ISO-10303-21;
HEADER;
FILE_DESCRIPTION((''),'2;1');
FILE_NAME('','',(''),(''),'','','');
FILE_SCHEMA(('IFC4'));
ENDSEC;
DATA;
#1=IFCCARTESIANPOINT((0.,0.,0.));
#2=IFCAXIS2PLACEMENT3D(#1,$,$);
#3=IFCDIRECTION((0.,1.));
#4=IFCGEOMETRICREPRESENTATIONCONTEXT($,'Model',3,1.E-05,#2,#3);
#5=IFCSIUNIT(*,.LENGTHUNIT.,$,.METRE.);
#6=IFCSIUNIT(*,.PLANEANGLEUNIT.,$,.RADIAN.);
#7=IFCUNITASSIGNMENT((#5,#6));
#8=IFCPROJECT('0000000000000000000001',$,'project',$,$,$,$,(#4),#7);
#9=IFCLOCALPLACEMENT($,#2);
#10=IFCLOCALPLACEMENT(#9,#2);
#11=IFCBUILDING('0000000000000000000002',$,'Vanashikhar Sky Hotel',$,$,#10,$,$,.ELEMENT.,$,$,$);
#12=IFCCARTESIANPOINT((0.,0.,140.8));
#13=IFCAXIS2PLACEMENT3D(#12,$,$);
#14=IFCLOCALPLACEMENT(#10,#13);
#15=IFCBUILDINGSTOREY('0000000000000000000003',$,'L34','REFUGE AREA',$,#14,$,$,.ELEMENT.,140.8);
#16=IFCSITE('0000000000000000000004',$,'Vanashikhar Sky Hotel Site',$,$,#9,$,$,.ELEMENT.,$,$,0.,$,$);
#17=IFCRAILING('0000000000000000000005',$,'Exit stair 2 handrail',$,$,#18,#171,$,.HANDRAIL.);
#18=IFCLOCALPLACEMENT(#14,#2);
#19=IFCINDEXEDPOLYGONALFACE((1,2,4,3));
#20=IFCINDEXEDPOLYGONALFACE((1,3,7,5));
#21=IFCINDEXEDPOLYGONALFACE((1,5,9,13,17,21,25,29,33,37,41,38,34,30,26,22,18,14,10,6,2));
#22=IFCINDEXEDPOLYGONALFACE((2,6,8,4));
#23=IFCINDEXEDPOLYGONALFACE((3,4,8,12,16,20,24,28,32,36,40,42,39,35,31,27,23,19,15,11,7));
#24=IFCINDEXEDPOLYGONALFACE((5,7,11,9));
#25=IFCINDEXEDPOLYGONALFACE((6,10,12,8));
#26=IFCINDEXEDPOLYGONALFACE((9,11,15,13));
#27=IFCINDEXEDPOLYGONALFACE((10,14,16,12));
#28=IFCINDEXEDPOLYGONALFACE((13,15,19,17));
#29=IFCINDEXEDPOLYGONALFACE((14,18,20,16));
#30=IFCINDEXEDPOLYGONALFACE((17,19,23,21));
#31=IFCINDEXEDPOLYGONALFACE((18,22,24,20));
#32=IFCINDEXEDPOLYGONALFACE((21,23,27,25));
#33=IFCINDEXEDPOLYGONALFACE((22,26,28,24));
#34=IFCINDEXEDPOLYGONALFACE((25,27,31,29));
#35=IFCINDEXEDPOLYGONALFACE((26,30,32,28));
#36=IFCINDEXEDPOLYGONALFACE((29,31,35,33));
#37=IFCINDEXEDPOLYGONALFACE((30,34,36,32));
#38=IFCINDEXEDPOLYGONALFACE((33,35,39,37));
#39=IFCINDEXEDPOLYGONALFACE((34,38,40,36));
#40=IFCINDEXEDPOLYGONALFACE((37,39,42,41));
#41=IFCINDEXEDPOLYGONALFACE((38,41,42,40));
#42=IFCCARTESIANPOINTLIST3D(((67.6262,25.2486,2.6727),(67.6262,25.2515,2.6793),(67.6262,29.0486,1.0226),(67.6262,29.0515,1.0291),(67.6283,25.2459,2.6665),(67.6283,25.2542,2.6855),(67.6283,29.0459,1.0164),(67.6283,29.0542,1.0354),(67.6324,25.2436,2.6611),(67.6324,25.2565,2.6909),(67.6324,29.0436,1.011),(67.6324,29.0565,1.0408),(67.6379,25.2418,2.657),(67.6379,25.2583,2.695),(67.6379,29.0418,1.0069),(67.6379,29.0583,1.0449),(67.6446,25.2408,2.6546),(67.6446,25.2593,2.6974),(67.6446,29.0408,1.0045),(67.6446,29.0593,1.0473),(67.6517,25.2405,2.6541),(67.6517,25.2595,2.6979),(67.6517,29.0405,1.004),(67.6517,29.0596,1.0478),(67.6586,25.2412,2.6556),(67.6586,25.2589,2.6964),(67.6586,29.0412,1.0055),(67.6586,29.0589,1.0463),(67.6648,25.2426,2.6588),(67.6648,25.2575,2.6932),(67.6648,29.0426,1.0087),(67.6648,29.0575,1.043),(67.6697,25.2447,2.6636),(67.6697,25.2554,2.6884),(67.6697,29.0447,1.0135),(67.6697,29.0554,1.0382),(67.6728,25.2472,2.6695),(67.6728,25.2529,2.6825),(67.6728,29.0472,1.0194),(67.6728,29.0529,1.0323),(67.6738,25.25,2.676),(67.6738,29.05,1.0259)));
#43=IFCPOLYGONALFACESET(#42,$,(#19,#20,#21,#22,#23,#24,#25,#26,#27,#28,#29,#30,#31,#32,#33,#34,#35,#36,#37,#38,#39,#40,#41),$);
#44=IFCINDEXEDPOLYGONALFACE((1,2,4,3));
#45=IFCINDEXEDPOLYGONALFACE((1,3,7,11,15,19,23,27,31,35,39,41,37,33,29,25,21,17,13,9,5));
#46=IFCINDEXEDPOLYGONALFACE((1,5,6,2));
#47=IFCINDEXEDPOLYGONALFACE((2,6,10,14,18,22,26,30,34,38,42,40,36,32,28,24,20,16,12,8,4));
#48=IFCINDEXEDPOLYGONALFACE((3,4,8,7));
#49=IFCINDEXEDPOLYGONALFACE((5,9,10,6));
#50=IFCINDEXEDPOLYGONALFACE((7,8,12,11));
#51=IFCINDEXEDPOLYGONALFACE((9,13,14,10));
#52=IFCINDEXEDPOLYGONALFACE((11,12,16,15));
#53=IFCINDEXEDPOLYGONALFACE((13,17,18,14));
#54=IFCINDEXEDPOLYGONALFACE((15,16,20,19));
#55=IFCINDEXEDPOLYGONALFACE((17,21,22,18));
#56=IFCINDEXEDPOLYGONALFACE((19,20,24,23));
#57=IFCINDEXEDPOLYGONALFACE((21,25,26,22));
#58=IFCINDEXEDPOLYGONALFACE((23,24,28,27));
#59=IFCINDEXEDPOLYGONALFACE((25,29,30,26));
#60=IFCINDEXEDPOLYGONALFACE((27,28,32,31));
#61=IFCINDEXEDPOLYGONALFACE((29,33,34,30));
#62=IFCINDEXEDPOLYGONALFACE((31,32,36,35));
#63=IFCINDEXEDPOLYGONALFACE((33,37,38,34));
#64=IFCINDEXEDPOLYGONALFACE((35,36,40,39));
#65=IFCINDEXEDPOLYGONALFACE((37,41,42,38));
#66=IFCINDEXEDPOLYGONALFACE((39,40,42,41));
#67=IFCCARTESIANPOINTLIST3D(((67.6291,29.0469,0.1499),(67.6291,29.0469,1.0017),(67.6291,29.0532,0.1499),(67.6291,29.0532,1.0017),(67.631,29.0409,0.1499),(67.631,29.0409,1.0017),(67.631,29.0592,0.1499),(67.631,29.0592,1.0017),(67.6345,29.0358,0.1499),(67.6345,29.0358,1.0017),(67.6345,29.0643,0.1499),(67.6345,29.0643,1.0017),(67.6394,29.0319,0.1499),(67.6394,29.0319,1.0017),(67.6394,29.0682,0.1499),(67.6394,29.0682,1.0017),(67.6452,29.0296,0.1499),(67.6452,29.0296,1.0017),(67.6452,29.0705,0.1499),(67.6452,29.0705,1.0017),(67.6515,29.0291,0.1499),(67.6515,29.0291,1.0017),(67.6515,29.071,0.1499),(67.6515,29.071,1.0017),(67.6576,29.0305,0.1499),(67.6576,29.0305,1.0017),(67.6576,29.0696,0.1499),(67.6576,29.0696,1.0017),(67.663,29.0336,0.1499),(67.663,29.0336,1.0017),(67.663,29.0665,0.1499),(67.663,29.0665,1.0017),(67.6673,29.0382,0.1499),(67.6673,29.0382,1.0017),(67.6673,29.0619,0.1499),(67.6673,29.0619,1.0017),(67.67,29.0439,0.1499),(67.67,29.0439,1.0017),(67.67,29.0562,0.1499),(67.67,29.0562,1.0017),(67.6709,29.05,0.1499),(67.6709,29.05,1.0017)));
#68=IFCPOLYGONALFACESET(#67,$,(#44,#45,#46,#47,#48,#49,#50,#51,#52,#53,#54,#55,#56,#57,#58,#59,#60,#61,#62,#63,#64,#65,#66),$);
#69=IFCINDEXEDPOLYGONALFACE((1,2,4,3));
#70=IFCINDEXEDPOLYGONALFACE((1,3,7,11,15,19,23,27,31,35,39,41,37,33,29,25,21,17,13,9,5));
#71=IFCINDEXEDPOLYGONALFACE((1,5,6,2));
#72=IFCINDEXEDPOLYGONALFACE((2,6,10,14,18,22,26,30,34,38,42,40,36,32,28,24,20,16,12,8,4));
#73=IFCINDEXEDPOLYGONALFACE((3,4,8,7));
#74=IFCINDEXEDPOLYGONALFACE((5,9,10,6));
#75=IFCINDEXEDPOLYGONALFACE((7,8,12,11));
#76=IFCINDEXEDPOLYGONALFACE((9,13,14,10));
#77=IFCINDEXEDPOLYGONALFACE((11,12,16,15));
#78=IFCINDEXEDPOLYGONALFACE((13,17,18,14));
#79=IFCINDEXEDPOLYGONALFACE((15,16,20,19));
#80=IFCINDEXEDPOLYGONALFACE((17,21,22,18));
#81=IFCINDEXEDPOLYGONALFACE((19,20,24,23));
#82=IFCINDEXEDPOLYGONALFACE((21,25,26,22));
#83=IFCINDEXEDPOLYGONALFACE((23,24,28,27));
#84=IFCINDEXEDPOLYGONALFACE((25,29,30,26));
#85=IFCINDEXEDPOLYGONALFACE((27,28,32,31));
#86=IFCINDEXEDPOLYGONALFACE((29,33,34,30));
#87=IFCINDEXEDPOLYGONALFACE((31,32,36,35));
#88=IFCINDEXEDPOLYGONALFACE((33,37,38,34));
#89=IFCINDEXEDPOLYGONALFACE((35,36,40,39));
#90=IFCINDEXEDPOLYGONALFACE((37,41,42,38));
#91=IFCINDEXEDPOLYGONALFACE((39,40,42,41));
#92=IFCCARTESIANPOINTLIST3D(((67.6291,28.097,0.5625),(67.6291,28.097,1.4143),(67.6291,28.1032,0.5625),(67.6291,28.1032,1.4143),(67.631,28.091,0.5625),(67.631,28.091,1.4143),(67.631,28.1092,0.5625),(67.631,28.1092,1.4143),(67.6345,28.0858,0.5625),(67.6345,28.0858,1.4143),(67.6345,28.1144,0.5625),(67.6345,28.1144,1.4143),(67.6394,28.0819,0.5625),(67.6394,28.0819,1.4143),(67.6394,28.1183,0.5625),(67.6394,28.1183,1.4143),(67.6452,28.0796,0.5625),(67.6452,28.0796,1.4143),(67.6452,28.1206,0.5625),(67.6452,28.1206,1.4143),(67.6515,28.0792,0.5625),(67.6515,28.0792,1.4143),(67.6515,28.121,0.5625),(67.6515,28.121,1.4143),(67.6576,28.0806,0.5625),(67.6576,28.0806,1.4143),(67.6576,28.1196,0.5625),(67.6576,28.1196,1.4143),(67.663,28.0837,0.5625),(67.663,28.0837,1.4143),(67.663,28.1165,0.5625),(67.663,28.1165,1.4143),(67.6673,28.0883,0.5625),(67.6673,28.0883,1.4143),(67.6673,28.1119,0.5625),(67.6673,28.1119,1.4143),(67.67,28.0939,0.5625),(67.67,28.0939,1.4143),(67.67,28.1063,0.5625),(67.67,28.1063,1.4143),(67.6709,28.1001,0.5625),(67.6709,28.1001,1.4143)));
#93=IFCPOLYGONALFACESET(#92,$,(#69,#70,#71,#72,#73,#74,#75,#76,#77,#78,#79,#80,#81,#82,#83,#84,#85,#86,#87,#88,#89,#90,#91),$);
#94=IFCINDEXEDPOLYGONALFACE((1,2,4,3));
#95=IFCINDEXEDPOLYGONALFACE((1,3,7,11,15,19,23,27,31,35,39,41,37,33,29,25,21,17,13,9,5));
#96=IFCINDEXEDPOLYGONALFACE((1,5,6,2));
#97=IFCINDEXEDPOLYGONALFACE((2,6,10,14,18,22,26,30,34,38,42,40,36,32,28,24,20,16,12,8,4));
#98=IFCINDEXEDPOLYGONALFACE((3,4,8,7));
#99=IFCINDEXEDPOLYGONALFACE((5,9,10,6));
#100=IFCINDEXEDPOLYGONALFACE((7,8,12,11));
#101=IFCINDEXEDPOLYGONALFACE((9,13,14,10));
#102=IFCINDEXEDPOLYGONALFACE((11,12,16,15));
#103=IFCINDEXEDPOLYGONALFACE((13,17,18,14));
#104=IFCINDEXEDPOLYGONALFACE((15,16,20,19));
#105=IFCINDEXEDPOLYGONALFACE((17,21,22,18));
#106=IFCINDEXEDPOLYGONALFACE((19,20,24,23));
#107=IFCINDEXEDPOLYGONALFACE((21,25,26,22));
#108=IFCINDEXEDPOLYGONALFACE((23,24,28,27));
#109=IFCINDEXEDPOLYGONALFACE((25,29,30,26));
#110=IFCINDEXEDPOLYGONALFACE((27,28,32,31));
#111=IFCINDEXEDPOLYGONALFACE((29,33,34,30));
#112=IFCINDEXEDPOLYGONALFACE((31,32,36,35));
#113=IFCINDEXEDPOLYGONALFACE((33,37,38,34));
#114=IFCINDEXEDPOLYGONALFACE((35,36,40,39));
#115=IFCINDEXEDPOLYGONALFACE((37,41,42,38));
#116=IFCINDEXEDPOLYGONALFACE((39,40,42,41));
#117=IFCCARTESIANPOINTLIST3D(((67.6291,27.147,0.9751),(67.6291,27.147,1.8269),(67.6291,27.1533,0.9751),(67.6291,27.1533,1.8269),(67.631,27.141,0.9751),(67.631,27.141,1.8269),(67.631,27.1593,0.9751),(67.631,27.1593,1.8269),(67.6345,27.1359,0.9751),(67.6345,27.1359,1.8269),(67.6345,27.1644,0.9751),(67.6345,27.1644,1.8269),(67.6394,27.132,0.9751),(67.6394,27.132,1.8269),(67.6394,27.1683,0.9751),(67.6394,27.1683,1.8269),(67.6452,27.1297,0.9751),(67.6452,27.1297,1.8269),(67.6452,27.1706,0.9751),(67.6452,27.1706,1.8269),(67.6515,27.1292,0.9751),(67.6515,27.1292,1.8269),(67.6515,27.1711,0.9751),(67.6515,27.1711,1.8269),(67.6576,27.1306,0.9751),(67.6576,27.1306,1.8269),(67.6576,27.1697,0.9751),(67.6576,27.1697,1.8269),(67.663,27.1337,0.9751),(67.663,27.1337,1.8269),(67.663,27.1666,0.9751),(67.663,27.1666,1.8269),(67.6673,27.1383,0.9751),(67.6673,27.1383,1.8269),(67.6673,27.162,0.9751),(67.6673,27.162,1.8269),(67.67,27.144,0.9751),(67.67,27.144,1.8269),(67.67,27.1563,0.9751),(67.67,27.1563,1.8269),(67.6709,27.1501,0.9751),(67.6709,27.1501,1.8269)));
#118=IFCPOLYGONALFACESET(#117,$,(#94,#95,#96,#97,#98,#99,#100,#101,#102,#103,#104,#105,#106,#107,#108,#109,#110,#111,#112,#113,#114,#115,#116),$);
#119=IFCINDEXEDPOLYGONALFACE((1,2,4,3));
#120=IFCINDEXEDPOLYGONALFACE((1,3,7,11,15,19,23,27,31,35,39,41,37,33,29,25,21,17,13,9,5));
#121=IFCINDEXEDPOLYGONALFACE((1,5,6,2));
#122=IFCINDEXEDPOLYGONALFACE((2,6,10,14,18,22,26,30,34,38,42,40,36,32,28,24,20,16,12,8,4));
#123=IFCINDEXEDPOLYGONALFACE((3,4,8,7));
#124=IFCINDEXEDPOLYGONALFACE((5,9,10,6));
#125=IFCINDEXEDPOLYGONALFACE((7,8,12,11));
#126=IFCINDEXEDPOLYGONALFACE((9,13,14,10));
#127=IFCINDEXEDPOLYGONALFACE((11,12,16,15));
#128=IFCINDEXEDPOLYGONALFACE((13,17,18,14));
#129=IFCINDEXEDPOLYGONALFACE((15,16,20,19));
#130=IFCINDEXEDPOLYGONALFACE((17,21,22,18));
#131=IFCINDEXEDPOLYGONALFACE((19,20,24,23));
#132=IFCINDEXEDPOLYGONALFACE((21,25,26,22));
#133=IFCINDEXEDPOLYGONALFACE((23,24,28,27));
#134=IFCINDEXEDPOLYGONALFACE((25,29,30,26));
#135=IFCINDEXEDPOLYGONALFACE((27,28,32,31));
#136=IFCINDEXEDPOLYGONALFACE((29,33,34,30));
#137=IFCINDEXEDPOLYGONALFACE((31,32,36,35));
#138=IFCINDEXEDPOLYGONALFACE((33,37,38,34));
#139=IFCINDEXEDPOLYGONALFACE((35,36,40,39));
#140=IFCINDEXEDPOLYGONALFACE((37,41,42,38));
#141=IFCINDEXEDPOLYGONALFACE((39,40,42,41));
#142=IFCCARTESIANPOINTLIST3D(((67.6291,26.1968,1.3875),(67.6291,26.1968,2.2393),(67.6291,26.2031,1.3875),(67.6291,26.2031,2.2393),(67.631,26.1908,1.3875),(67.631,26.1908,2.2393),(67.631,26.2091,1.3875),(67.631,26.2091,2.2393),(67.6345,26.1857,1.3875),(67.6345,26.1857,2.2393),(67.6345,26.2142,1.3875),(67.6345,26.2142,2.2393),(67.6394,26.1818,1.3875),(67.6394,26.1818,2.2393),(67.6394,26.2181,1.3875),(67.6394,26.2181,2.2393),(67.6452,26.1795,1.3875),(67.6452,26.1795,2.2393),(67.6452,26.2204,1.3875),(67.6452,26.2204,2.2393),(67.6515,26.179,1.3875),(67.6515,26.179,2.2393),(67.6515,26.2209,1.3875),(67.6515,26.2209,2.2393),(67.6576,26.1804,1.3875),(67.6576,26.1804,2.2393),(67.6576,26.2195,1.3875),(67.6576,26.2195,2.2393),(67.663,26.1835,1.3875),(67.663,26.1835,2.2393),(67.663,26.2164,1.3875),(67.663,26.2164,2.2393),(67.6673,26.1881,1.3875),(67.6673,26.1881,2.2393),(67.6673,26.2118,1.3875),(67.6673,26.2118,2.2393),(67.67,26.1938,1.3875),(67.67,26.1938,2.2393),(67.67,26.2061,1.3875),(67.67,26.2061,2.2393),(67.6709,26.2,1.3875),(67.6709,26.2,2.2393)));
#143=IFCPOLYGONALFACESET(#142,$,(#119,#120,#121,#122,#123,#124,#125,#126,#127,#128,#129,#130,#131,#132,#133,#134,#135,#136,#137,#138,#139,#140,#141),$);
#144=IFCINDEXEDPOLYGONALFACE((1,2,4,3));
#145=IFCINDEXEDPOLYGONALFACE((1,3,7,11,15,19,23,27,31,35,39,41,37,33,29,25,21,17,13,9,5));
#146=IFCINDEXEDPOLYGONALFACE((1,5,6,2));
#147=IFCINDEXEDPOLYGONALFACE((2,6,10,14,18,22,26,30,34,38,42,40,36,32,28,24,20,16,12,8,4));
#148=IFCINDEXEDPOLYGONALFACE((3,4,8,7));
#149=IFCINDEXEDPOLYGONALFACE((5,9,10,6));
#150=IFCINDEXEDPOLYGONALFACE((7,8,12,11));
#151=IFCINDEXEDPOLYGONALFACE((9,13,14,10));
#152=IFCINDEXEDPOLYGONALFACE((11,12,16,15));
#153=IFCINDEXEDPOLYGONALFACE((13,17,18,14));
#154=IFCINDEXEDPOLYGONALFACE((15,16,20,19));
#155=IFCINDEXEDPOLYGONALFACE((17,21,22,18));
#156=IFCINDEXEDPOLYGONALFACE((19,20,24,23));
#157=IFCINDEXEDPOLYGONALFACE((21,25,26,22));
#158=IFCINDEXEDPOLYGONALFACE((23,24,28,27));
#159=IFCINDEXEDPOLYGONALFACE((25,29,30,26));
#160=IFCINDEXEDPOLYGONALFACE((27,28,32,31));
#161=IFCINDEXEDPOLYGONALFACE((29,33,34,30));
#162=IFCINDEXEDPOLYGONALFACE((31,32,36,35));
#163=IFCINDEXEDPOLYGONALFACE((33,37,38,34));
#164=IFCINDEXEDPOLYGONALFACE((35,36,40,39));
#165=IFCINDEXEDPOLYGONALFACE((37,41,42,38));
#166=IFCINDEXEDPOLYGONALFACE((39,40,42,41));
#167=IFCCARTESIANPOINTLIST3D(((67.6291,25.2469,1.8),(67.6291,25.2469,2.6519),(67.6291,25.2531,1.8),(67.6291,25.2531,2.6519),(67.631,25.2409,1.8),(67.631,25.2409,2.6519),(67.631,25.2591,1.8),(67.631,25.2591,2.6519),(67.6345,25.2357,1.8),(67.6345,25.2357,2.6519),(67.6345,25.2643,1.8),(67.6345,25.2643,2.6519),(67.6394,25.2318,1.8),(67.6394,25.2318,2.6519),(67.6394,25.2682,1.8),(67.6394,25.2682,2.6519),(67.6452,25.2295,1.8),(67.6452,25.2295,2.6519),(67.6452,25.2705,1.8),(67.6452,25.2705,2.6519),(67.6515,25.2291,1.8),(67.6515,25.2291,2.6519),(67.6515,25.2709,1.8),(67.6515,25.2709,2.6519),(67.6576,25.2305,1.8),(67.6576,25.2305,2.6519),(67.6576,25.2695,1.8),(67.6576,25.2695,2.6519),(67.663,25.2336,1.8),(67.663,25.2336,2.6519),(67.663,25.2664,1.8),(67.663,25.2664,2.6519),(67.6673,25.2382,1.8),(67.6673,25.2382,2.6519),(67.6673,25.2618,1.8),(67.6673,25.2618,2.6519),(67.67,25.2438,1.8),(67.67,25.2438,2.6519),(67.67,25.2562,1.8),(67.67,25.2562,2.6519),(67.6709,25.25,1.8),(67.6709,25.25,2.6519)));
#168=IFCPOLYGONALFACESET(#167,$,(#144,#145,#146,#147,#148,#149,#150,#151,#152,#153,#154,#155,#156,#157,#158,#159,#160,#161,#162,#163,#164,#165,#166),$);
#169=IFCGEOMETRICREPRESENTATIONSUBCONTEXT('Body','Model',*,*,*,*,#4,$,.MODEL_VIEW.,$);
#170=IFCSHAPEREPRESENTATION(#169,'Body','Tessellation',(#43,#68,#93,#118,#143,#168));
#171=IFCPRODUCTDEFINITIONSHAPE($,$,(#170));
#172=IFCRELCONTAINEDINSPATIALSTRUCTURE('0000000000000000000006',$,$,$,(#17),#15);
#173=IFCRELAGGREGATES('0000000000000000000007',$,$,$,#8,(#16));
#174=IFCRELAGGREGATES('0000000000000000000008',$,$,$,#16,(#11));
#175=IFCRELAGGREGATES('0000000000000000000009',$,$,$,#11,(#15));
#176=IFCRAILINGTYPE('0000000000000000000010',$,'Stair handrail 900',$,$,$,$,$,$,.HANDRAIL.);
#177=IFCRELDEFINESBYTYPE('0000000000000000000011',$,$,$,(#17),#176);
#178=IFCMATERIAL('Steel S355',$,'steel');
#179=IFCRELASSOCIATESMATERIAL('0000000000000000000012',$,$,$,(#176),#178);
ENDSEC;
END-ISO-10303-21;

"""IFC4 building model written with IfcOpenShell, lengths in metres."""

from ifc_helpers import new_model, si_unit, direction, frame, origin, origin_2d, place, context, subcontext, project, spatial, circle, extrude, source, transform, mapped, material, type_object, element, save


model = new_model("IFC4")

# Units and contexts
model_context = context("Model", 3, precision=1e-05, world=origin(), true_north=direction((0.0, 1.0)))
body_context = subcontext(model_context, "Body", "Model", "MODEL_VIEW")
ifc_project = project(units=[si_unit("LENGTHUNIT", "METRE"), si_unit("PLANEANGLEUNIT", "RADIAN")], contexts=[model_context])

# Site, building, storey
site_placement = place(None, origin())
site = spatial("IfcSite", under=ifc_project, at=site_placement, Name="Vanashikhar Sky Hotel Site", CompositionType="ELEMENT", RefElevation=0.0)
building_placement = place(site_placement, origin())
building = spatial("IfcBuilding", under=site, at=building_placement, Name="Vanashikhar Sky Hotel", CompositionType="ELEMENT")
storey_placement = place(building_placement, frame((0.0, 0.0, 140.8)))
storey = spatial("IfcBuildingStorey", under=building, at=storey_placement, Name="L34", Description="REFUGE AREA", CompositionType="ELEMENT", Elevation=140.8)

# Railing
ifc_material_1 = material(Name="Steel S355", Category="steel")
railing_type_1 = type_object("IfcRailingType", Name="Stair handrail 900", PredefinedType="HANDRAIL", material=ifc_material_1)
shared_shape_1 = source(origin(), body_context, "Body", "SweptSolid", [
    extrude(circle(Radius=0.0239, at=origin_2d()), frame((0.0, 0.0, 0.876), z_axis=(0.0, -0.917251, 0.39831), x_axis=(1.0, 0.0, 0.0)), (0.0, 0.0, 1.0), 4.1428),
    extrude(circle(Radius=0.021, at=origin_2d()), origin(), (0.0, 0.0, 1.0), 0.8518),
    extrude(circle(Radius=0.021, at=origin_2d()), frame((0.0, -0.95, 0.4126)), (0.0, 0.0, 1.0), 0.8518),
    extrude(circle(Radius=0.021, at=origin_2d()), frame((0.0, -1.8999, 0.8252)), (0.0, 0.0, 1.0), 0.8518),
    extrude(circle(Radius=0.021, at=origin_2d()), frame((0.0, -2.8501, 1.2375)), (0.0, 0.0, 1.0), 0.8518),
    extrude(circle(Radius=0.021, at=origin_2d()), frame((0.0, -3.8, 1.6501)), (0.0, 0.0, 1.0), 0.8518),
])
for number, where, name in (
    (1, (67.6499, 29.05, 0.1499), "Exit stair 2 handrail"),
):
    element("IfcRailing", number, at=place(storey_placement, frame(where)), inside=storey, type_object=railing_type_1, Name=name, PredefinedType="HANDRAIL", context=body_context, shape_type="MappedRepresentation", body=[
        mapped(shared_shape_1, transform((0.0, 0.0, 0.0), scale=1.0)),
    ])

save(model, "model.ifc")
